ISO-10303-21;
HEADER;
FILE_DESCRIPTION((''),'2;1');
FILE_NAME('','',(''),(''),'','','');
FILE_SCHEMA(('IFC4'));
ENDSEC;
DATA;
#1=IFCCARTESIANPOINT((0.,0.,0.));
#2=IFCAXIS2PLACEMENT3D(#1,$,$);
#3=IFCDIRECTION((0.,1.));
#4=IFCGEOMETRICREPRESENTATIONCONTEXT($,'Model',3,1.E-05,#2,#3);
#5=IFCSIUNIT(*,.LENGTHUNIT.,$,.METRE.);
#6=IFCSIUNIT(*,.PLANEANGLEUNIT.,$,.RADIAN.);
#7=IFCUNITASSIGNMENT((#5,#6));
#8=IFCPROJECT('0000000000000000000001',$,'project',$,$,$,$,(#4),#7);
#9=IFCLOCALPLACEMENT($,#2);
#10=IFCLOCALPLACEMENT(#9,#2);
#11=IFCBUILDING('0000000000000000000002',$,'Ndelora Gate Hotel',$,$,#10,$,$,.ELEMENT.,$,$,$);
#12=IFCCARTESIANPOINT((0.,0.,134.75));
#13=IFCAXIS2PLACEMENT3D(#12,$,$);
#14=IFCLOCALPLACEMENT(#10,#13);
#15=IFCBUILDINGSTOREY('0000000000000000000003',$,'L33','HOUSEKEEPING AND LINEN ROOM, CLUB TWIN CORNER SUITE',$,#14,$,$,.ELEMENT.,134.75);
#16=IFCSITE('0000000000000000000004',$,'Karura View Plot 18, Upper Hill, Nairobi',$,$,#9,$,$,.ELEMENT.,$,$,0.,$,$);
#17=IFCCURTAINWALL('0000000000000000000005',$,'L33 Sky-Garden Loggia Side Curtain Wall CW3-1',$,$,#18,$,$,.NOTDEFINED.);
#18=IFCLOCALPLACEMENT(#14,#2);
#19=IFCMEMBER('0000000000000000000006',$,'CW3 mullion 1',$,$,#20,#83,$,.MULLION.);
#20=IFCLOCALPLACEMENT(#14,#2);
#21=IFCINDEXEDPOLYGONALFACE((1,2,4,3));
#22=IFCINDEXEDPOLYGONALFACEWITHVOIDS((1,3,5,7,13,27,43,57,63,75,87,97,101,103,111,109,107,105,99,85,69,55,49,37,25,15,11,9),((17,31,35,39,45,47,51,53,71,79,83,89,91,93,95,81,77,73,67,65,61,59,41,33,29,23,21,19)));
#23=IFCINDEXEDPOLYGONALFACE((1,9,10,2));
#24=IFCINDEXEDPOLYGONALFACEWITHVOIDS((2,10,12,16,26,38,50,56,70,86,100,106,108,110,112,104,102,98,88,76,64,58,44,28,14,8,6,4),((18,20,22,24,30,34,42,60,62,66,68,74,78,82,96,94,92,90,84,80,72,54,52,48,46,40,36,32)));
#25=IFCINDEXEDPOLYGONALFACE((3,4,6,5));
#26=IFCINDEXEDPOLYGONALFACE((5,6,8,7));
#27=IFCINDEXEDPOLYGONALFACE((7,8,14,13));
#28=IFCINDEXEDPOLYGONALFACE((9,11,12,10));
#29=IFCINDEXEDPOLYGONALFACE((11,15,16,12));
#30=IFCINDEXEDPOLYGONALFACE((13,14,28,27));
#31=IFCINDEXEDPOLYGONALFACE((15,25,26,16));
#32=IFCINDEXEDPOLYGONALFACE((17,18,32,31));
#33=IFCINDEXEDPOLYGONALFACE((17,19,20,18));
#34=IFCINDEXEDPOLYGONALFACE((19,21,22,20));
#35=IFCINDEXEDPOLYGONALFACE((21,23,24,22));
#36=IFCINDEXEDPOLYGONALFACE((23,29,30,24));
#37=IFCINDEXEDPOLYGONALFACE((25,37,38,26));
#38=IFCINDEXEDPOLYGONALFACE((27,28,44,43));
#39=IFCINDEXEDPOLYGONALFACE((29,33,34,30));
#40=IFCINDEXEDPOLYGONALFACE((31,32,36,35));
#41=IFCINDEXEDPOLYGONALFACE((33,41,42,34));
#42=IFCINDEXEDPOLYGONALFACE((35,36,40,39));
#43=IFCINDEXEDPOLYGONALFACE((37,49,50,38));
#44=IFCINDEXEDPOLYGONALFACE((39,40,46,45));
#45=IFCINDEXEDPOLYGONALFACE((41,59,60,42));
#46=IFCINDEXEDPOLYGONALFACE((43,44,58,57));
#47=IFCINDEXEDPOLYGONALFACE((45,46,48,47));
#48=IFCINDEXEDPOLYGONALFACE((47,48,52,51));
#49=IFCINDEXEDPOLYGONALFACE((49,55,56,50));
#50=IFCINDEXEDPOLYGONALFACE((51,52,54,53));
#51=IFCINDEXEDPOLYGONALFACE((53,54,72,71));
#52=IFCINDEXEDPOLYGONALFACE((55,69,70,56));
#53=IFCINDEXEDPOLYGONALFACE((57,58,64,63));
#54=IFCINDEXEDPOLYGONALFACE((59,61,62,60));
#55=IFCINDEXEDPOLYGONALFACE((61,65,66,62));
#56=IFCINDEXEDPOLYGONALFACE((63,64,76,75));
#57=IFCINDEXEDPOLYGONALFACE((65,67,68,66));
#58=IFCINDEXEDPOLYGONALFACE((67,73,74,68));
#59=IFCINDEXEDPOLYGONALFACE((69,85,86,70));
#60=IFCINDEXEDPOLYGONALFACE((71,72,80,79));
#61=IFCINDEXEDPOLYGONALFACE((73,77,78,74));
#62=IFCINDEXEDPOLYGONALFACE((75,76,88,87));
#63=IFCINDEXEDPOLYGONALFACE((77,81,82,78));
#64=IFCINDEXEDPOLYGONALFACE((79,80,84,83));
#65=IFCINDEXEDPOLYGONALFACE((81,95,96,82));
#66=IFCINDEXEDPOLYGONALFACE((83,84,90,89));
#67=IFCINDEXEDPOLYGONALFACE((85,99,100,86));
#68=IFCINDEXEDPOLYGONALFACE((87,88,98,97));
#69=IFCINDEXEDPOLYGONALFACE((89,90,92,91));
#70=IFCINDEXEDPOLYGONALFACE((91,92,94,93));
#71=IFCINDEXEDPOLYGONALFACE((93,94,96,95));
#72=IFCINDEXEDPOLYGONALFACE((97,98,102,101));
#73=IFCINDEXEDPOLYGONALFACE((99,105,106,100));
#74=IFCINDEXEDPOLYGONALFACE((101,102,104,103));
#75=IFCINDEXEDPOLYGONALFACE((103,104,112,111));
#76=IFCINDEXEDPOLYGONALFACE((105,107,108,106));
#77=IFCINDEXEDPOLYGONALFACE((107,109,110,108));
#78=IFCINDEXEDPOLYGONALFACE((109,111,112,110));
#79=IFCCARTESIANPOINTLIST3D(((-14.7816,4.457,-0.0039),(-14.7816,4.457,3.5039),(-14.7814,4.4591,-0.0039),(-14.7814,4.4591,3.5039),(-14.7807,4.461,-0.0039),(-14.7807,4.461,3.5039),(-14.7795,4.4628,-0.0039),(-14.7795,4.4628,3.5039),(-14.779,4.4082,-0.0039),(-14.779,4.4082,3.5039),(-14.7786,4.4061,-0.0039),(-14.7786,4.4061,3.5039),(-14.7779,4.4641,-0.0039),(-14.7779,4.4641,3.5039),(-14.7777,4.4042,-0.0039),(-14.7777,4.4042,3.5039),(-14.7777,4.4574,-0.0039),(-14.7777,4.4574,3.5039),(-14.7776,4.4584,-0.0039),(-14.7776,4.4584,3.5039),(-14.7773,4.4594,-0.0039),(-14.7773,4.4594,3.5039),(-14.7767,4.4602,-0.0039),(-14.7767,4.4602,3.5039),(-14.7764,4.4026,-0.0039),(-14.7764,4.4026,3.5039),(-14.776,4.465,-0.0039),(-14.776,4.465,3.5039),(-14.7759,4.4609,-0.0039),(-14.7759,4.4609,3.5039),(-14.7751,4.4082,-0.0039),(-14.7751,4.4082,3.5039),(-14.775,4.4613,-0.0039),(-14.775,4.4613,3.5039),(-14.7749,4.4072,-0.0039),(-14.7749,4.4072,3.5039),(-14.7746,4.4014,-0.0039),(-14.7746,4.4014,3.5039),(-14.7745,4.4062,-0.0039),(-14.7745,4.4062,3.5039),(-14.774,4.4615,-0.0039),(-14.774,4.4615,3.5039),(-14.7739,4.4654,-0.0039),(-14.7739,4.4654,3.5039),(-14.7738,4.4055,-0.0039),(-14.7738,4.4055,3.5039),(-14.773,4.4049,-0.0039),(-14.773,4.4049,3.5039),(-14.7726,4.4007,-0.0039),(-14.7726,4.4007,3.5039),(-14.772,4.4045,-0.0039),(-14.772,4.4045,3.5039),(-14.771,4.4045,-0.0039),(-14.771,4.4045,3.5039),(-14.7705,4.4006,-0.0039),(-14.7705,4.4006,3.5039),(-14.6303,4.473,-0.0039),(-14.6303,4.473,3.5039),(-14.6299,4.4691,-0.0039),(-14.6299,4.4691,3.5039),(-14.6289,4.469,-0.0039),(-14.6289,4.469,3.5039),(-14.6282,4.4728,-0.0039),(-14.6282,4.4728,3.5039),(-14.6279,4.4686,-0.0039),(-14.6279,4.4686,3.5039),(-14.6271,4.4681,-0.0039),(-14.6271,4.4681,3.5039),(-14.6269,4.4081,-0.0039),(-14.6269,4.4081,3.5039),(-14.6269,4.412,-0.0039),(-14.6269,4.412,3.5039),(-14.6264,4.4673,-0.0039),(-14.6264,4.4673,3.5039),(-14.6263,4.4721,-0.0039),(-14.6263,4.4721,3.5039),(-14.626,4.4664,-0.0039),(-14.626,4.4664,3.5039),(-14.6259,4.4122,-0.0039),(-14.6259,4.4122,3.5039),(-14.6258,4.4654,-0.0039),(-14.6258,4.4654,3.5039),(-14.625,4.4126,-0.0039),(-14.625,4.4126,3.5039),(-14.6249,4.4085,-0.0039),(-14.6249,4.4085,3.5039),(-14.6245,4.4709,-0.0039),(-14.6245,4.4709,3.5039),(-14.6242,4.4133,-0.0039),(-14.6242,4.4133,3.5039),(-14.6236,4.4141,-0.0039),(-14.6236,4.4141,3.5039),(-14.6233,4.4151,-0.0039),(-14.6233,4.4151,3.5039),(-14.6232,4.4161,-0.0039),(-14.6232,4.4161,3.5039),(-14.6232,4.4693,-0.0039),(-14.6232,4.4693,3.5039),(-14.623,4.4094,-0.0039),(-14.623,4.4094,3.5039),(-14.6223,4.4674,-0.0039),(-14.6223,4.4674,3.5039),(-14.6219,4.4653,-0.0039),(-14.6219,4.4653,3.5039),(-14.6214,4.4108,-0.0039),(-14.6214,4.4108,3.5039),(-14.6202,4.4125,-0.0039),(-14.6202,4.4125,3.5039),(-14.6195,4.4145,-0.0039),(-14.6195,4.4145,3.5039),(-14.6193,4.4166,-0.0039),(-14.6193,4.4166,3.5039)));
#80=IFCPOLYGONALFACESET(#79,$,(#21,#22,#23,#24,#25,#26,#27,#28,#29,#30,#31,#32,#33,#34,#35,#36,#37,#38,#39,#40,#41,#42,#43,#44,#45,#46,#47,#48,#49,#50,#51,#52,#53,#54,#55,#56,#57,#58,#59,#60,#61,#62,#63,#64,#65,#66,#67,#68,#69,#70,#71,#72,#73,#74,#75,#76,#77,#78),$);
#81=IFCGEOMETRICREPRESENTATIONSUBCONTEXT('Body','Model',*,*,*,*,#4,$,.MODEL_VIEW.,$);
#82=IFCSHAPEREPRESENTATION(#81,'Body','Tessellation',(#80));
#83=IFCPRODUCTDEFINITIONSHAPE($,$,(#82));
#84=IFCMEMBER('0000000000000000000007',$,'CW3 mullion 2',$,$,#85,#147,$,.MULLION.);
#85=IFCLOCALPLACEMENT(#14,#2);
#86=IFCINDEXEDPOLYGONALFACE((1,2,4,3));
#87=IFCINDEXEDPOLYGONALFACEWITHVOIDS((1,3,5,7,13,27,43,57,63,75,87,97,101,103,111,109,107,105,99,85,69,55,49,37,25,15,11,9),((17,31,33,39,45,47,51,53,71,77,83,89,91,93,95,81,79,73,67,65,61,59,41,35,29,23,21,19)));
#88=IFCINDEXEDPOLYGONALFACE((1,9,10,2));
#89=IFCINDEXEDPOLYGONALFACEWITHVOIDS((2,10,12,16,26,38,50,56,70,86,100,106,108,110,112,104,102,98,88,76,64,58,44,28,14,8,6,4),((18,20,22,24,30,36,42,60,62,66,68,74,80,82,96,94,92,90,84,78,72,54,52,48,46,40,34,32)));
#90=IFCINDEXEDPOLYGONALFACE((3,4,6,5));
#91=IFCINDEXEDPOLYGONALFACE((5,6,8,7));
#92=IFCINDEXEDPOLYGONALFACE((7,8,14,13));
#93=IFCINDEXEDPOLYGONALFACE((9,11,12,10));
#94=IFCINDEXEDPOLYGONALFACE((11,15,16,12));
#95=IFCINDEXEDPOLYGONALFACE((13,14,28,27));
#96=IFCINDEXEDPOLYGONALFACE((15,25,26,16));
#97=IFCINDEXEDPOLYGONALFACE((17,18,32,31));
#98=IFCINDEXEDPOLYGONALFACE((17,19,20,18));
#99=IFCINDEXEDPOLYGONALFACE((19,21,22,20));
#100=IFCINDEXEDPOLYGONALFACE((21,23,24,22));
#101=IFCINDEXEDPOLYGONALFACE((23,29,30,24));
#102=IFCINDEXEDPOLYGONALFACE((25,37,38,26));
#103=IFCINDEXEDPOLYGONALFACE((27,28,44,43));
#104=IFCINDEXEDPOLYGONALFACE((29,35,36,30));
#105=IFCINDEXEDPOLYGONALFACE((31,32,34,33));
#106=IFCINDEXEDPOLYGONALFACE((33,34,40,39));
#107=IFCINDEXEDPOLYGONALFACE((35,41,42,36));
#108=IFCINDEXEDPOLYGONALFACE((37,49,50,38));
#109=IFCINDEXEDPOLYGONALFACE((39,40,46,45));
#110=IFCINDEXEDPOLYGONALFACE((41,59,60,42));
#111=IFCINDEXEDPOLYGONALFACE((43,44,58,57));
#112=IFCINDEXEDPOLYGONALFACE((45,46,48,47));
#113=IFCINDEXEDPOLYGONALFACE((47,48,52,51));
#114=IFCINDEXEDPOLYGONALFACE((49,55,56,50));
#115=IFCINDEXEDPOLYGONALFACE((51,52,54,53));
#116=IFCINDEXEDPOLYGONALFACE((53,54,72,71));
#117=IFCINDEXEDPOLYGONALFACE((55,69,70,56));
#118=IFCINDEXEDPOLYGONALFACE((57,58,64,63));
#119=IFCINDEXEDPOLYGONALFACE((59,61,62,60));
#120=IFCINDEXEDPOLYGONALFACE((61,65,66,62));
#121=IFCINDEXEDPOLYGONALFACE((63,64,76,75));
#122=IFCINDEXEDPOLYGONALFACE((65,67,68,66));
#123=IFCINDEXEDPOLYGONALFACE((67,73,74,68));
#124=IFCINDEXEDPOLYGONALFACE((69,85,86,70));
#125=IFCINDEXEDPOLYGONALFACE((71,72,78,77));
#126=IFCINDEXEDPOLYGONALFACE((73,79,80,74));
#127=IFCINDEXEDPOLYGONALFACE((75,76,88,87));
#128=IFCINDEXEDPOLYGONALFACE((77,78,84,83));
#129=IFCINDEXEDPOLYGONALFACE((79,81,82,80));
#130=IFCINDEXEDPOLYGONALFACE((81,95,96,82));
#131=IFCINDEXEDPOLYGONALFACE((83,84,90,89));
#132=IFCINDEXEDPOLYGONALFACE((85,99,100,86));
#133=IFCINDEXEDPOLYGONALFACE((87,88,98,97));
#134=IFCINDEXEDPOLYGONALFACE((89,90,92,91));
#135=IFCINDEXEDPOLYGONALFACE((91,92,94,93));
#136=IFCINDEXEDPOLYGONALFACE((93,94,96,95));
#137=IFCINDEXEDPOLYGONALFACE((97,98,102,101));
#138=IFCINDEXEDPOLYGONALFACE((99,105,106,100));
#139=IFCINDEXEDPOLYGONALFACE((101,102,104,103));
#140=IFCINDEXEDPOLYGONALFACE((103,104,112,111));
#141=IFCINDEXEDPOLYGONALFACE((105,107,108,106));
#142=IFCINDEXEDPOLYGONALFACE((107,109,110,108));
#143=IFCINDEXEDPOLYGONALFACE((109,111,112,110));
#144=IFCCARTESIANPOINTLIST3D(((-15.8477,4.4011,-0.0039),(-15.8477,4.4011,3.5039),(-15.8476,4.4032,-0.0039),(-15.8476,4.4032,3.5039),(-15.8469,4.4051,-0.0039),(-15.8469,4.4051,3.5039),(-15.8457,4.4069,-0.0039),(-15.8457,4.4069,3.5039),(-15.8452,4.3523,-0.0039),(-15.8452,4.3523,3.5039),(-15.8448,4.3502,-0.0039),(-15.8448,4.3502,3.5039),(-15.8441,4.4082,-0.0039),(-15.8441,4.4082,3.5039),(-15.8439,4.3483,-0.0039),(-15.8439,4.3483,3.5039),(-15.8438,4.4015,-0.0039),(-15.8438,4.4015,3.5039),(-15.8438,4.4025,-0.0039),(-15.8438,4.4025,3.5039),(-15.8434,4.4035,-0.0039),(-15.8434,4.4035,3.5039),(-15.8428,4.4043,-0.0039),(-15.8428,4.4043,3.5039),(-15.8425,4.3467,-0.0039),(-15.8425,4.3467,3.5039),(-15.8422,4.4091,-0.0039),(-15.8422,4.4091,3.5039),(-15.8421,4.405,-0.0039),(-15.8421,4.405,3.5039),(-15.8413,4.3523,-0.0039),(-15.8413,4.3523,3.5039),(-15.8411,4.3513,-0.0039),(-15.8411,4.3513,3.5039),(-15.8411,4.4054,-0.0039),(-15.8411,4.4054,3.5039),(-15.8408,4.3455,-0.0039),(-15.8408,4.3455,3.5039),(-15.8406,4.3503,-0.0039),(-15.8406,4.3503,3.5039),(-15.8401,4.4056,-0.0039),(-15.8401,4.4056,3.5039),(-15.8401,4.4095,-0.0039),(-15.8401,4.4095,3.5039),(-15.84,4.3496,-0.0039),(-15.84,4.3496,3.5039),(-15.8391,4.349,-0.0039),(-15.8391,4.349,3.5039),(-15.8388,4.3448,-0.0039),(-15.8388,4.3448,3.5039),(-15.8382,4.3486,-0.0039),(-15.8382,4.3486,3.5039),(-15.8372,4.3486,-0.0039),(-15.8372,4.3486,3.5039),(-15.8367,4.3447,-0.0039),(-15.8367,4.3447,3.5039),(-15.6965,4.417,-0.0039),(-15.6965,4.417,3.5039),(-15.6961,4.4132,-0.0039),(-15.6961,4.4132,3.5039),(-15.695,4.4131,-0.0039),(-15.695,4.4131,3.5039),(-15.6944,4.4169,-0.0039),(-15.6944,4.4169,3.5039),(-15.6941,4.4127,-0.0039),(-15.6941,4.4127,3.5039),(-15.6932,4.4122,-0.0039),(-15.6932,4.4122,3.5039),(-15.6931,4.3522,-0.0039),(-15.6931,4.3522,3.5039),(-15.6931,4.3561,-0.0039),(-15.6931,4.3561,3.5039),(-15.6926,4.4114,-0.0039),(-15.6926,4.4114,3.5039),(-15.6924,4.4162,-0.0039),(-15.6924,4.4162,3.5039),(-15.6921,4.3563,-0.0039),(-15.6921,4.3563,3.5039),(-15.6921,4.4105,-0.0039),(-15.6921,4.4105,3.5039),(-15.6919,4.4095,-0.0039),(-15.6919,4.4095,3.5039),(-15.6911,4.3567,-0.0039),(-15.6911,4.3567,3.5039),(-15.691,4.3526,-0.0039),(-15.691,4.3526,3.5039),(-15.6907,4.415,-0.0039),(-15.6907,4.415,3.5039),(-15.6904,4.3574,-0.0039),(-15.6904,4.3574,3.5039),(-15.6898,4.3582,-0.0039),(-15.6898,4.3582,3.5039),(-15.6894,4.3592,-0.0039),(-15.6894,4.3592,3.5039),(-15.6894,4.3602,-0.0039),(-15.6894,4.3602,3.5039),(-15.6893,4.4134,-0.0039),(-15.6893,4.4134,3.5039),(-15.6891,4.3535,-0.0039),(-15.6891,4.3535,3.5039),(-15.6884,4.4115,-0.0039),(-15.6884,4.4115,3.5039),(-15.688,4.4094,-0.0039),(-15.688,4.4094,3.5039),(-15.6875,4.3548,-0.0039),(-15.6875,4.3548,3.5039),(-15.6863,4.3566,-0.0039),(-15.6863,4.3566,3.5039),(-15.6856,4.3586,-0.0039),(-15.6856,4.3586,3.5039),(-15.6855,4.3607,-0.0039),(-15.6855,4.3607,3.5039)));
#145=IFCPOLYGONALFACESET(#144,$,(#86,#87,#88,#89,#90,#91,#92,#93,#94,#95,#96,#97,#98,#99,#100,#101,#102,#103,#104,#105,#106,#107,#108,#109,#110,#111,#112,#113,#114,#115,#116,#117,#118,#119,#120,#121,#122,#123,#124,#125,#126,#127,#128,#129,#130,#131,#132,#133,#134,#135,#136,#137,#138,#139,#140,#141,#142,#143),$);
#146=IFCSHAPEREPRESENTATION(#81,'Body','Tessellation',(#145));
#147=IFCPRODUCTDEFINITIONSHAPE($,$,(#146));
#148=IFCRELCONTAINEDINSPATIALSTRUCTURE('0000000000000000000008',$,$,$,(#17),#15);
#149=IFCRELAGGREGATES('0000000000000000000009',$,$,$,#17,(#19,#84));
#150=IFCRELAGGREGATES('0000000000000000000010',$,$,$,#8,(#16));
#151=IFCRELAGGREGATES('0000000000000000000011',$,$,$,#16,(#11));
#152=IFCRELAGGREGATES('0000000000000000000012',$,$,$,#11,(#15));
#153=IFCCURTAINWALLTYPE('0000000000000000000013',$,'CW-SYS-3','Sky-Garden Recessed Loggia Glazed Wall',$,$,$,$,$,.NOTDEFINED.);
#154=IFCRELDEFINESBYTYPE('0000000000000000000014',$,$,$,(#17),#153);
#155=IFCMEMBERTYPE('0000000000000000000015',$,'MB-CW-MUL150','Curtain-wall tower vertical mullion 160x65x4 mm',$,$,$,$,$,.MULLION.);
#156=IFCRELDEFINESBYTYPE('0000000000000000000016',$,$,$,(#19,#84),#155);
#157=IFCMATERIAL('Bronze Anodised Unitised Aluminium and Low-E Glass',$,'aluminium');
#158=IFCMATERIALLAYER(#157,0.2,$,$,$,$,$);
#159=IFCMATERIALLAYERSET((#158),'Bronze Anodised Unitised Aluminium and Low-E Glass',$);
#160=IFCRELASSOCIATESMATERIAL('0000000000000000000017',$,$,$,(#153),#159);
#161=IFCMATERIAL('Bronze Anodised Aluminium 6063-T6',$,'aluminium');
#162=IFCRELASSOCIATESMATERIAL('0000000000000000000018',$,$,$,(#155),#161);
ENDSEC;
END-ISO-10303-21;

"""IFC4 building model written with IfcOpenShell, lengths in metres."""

from ifc_helpers import new_model, si_unit, direction, frame, origin, origin_2d, place, context, subcontext, project, spatial, hollow_rectangle, extrude, material, layer, layer_set, material_profile, profile_set, type_object, element, aggregate, save


model = new_model("IFC4")

# Units and contexts
model_context = context("Model", 3, precision=1e-05, world=origin(), true_north=direction((0.0, 1.0)))
body_context = subcontext(model_context, "Body", "Model", "MODEL_VIEW")
ifc_project = project(units=[si_unit("LENGTHUNIT", "METRE"), si_unit("PLANEANGLEUNIT", "RADIAN")], contexts=[model_context])

# Site, building, storey
site_placement = place(None, origin())
site = spatial("IfcSite", under=ifc_project, at=site_placement, Name="Karura View Plot 18, Upper Hill, Nairobi", CompositionType="ELEMENT", RefElevation=0.0)
building_placement = place(site_placement, origin())
building = spatial("IfcBuilding", under=site, at=building_placement, Name="Ndelora Gate Hotel", CompositionType="ELEMENT")
storey_placement = place(building_placement, frame((0.0, 0.0, 134.75)))
storey = spatial("IfcBuildingStorey", under=building, at=storey_placement, Name="L33", Description="HOUSEKEEPING AND LINEN ROOM, CLUB TWIN CORNER SUITE", CompositionType="ELEMENT", Elevation=134.75)

# Curtain wall, members
ifc_material_1 = material(Name="Bronze Anodised Unitised Aluminium and Low-E Glass", Category="aluminium")
ifc_layer_1 = layer(ifc_material_1, 0.2)
ifc_layer_set_1 = layer_set([ifc_layer_1], Name="Bronze Anodised Unitised Aluminium and Low-E Glass")
curtain_wall_type = type_object("IfcCurtainWallType", Name="CW-SYS-3", Description="Sky-Garden Recessed Loggia Glazed Wall", PredefinedType="NOTDEFINED", material=ifc_layer_set_1)
curtain_wall_placement = place(storey_placement, origin())
curtain_wall = element("IfcCurtainWall", 1, at=curtain_wall_placement, inside=storey, type_object=curtain_wall_type, Name="L33 Sky-Garden Loggia Side Curtain Wall CW3-1", PredefinedType="NOTDEFINED")
ifc_material_2 = material(Name="Bronze Anodised Aluminium 6063-T6", Category="aluminium")
ifc_material_profile_1 = material_profile(ifc_material_2, hollow_rectangle(XDim=0.0649, YDim=0.1599, WallThickness=0.0039, InnerFilletRadius=0.0039, OuterFilletRadius=0.0081, at=origin_2d()), Name="ALU 160x65x4")
ifc_profile_set_1 = profile_set([ifc_material_profile_1], Name="Bronze Anodised Aluminium 6063-T6")
member_type_1 = type_object("IfcMemberType", Name="MB-CW-MUL150", Description="Curtain-wall tower vertical mullion 160x65x4 mm", PredefinedType="MULLION", material=ifc_profile_set_1)
member_1_placement = place(storey_placement, frame((-14.7004, 4.4368, -0.0039), z_axis=(0.0, 0.0, 1.0), x_axis=(0.052318, -0.99863, 0.0)))
member_1 = element("IfcMember", 2, at=member_1_placement, type_object=member_type_1, Name="CW3 mullion 1", PredefinedType="MULLION", context=body_context, shape_type="SweptSolid", body=[
    extrude(hollow_rectangle(XDim=0.0649, YDim=0.1599, WallThickness=0.0039, InnerFilletRadius=0.0039, OuterFilletRadius=0.0081, at=origin_2d()), origin(), (0.0, 0.0, 1.0), 3.5078),
])
member_2_placement = place(storey_placement, frame((-15.7666, 4.3809, -0.0039), z_axis=(0.0, 0.0, 1.0), x_axis=(0.052318, -0.99863, 0.0)))
member_2 = element("IfcMember", 3, at=member_2_placement, type_object=member_type_1, Name="CW3 mullion 2", PredefinedType="MULLION", context=body_context, shape_type="SweptSolid", body=[
    extrude(hollow_rectangle(XDim=0.0649, YDim=0.1599, WallThickness=0.0039, InnerFilletRadius=0.0039, OuterFilletRadius=0.0081, at=origin_2d()), origin(), (0.0, 0.0, 1.0), 3.5078),
])
aggregate(curtain_wall, [member_1, member_2])

save(model, "model.ifc")
